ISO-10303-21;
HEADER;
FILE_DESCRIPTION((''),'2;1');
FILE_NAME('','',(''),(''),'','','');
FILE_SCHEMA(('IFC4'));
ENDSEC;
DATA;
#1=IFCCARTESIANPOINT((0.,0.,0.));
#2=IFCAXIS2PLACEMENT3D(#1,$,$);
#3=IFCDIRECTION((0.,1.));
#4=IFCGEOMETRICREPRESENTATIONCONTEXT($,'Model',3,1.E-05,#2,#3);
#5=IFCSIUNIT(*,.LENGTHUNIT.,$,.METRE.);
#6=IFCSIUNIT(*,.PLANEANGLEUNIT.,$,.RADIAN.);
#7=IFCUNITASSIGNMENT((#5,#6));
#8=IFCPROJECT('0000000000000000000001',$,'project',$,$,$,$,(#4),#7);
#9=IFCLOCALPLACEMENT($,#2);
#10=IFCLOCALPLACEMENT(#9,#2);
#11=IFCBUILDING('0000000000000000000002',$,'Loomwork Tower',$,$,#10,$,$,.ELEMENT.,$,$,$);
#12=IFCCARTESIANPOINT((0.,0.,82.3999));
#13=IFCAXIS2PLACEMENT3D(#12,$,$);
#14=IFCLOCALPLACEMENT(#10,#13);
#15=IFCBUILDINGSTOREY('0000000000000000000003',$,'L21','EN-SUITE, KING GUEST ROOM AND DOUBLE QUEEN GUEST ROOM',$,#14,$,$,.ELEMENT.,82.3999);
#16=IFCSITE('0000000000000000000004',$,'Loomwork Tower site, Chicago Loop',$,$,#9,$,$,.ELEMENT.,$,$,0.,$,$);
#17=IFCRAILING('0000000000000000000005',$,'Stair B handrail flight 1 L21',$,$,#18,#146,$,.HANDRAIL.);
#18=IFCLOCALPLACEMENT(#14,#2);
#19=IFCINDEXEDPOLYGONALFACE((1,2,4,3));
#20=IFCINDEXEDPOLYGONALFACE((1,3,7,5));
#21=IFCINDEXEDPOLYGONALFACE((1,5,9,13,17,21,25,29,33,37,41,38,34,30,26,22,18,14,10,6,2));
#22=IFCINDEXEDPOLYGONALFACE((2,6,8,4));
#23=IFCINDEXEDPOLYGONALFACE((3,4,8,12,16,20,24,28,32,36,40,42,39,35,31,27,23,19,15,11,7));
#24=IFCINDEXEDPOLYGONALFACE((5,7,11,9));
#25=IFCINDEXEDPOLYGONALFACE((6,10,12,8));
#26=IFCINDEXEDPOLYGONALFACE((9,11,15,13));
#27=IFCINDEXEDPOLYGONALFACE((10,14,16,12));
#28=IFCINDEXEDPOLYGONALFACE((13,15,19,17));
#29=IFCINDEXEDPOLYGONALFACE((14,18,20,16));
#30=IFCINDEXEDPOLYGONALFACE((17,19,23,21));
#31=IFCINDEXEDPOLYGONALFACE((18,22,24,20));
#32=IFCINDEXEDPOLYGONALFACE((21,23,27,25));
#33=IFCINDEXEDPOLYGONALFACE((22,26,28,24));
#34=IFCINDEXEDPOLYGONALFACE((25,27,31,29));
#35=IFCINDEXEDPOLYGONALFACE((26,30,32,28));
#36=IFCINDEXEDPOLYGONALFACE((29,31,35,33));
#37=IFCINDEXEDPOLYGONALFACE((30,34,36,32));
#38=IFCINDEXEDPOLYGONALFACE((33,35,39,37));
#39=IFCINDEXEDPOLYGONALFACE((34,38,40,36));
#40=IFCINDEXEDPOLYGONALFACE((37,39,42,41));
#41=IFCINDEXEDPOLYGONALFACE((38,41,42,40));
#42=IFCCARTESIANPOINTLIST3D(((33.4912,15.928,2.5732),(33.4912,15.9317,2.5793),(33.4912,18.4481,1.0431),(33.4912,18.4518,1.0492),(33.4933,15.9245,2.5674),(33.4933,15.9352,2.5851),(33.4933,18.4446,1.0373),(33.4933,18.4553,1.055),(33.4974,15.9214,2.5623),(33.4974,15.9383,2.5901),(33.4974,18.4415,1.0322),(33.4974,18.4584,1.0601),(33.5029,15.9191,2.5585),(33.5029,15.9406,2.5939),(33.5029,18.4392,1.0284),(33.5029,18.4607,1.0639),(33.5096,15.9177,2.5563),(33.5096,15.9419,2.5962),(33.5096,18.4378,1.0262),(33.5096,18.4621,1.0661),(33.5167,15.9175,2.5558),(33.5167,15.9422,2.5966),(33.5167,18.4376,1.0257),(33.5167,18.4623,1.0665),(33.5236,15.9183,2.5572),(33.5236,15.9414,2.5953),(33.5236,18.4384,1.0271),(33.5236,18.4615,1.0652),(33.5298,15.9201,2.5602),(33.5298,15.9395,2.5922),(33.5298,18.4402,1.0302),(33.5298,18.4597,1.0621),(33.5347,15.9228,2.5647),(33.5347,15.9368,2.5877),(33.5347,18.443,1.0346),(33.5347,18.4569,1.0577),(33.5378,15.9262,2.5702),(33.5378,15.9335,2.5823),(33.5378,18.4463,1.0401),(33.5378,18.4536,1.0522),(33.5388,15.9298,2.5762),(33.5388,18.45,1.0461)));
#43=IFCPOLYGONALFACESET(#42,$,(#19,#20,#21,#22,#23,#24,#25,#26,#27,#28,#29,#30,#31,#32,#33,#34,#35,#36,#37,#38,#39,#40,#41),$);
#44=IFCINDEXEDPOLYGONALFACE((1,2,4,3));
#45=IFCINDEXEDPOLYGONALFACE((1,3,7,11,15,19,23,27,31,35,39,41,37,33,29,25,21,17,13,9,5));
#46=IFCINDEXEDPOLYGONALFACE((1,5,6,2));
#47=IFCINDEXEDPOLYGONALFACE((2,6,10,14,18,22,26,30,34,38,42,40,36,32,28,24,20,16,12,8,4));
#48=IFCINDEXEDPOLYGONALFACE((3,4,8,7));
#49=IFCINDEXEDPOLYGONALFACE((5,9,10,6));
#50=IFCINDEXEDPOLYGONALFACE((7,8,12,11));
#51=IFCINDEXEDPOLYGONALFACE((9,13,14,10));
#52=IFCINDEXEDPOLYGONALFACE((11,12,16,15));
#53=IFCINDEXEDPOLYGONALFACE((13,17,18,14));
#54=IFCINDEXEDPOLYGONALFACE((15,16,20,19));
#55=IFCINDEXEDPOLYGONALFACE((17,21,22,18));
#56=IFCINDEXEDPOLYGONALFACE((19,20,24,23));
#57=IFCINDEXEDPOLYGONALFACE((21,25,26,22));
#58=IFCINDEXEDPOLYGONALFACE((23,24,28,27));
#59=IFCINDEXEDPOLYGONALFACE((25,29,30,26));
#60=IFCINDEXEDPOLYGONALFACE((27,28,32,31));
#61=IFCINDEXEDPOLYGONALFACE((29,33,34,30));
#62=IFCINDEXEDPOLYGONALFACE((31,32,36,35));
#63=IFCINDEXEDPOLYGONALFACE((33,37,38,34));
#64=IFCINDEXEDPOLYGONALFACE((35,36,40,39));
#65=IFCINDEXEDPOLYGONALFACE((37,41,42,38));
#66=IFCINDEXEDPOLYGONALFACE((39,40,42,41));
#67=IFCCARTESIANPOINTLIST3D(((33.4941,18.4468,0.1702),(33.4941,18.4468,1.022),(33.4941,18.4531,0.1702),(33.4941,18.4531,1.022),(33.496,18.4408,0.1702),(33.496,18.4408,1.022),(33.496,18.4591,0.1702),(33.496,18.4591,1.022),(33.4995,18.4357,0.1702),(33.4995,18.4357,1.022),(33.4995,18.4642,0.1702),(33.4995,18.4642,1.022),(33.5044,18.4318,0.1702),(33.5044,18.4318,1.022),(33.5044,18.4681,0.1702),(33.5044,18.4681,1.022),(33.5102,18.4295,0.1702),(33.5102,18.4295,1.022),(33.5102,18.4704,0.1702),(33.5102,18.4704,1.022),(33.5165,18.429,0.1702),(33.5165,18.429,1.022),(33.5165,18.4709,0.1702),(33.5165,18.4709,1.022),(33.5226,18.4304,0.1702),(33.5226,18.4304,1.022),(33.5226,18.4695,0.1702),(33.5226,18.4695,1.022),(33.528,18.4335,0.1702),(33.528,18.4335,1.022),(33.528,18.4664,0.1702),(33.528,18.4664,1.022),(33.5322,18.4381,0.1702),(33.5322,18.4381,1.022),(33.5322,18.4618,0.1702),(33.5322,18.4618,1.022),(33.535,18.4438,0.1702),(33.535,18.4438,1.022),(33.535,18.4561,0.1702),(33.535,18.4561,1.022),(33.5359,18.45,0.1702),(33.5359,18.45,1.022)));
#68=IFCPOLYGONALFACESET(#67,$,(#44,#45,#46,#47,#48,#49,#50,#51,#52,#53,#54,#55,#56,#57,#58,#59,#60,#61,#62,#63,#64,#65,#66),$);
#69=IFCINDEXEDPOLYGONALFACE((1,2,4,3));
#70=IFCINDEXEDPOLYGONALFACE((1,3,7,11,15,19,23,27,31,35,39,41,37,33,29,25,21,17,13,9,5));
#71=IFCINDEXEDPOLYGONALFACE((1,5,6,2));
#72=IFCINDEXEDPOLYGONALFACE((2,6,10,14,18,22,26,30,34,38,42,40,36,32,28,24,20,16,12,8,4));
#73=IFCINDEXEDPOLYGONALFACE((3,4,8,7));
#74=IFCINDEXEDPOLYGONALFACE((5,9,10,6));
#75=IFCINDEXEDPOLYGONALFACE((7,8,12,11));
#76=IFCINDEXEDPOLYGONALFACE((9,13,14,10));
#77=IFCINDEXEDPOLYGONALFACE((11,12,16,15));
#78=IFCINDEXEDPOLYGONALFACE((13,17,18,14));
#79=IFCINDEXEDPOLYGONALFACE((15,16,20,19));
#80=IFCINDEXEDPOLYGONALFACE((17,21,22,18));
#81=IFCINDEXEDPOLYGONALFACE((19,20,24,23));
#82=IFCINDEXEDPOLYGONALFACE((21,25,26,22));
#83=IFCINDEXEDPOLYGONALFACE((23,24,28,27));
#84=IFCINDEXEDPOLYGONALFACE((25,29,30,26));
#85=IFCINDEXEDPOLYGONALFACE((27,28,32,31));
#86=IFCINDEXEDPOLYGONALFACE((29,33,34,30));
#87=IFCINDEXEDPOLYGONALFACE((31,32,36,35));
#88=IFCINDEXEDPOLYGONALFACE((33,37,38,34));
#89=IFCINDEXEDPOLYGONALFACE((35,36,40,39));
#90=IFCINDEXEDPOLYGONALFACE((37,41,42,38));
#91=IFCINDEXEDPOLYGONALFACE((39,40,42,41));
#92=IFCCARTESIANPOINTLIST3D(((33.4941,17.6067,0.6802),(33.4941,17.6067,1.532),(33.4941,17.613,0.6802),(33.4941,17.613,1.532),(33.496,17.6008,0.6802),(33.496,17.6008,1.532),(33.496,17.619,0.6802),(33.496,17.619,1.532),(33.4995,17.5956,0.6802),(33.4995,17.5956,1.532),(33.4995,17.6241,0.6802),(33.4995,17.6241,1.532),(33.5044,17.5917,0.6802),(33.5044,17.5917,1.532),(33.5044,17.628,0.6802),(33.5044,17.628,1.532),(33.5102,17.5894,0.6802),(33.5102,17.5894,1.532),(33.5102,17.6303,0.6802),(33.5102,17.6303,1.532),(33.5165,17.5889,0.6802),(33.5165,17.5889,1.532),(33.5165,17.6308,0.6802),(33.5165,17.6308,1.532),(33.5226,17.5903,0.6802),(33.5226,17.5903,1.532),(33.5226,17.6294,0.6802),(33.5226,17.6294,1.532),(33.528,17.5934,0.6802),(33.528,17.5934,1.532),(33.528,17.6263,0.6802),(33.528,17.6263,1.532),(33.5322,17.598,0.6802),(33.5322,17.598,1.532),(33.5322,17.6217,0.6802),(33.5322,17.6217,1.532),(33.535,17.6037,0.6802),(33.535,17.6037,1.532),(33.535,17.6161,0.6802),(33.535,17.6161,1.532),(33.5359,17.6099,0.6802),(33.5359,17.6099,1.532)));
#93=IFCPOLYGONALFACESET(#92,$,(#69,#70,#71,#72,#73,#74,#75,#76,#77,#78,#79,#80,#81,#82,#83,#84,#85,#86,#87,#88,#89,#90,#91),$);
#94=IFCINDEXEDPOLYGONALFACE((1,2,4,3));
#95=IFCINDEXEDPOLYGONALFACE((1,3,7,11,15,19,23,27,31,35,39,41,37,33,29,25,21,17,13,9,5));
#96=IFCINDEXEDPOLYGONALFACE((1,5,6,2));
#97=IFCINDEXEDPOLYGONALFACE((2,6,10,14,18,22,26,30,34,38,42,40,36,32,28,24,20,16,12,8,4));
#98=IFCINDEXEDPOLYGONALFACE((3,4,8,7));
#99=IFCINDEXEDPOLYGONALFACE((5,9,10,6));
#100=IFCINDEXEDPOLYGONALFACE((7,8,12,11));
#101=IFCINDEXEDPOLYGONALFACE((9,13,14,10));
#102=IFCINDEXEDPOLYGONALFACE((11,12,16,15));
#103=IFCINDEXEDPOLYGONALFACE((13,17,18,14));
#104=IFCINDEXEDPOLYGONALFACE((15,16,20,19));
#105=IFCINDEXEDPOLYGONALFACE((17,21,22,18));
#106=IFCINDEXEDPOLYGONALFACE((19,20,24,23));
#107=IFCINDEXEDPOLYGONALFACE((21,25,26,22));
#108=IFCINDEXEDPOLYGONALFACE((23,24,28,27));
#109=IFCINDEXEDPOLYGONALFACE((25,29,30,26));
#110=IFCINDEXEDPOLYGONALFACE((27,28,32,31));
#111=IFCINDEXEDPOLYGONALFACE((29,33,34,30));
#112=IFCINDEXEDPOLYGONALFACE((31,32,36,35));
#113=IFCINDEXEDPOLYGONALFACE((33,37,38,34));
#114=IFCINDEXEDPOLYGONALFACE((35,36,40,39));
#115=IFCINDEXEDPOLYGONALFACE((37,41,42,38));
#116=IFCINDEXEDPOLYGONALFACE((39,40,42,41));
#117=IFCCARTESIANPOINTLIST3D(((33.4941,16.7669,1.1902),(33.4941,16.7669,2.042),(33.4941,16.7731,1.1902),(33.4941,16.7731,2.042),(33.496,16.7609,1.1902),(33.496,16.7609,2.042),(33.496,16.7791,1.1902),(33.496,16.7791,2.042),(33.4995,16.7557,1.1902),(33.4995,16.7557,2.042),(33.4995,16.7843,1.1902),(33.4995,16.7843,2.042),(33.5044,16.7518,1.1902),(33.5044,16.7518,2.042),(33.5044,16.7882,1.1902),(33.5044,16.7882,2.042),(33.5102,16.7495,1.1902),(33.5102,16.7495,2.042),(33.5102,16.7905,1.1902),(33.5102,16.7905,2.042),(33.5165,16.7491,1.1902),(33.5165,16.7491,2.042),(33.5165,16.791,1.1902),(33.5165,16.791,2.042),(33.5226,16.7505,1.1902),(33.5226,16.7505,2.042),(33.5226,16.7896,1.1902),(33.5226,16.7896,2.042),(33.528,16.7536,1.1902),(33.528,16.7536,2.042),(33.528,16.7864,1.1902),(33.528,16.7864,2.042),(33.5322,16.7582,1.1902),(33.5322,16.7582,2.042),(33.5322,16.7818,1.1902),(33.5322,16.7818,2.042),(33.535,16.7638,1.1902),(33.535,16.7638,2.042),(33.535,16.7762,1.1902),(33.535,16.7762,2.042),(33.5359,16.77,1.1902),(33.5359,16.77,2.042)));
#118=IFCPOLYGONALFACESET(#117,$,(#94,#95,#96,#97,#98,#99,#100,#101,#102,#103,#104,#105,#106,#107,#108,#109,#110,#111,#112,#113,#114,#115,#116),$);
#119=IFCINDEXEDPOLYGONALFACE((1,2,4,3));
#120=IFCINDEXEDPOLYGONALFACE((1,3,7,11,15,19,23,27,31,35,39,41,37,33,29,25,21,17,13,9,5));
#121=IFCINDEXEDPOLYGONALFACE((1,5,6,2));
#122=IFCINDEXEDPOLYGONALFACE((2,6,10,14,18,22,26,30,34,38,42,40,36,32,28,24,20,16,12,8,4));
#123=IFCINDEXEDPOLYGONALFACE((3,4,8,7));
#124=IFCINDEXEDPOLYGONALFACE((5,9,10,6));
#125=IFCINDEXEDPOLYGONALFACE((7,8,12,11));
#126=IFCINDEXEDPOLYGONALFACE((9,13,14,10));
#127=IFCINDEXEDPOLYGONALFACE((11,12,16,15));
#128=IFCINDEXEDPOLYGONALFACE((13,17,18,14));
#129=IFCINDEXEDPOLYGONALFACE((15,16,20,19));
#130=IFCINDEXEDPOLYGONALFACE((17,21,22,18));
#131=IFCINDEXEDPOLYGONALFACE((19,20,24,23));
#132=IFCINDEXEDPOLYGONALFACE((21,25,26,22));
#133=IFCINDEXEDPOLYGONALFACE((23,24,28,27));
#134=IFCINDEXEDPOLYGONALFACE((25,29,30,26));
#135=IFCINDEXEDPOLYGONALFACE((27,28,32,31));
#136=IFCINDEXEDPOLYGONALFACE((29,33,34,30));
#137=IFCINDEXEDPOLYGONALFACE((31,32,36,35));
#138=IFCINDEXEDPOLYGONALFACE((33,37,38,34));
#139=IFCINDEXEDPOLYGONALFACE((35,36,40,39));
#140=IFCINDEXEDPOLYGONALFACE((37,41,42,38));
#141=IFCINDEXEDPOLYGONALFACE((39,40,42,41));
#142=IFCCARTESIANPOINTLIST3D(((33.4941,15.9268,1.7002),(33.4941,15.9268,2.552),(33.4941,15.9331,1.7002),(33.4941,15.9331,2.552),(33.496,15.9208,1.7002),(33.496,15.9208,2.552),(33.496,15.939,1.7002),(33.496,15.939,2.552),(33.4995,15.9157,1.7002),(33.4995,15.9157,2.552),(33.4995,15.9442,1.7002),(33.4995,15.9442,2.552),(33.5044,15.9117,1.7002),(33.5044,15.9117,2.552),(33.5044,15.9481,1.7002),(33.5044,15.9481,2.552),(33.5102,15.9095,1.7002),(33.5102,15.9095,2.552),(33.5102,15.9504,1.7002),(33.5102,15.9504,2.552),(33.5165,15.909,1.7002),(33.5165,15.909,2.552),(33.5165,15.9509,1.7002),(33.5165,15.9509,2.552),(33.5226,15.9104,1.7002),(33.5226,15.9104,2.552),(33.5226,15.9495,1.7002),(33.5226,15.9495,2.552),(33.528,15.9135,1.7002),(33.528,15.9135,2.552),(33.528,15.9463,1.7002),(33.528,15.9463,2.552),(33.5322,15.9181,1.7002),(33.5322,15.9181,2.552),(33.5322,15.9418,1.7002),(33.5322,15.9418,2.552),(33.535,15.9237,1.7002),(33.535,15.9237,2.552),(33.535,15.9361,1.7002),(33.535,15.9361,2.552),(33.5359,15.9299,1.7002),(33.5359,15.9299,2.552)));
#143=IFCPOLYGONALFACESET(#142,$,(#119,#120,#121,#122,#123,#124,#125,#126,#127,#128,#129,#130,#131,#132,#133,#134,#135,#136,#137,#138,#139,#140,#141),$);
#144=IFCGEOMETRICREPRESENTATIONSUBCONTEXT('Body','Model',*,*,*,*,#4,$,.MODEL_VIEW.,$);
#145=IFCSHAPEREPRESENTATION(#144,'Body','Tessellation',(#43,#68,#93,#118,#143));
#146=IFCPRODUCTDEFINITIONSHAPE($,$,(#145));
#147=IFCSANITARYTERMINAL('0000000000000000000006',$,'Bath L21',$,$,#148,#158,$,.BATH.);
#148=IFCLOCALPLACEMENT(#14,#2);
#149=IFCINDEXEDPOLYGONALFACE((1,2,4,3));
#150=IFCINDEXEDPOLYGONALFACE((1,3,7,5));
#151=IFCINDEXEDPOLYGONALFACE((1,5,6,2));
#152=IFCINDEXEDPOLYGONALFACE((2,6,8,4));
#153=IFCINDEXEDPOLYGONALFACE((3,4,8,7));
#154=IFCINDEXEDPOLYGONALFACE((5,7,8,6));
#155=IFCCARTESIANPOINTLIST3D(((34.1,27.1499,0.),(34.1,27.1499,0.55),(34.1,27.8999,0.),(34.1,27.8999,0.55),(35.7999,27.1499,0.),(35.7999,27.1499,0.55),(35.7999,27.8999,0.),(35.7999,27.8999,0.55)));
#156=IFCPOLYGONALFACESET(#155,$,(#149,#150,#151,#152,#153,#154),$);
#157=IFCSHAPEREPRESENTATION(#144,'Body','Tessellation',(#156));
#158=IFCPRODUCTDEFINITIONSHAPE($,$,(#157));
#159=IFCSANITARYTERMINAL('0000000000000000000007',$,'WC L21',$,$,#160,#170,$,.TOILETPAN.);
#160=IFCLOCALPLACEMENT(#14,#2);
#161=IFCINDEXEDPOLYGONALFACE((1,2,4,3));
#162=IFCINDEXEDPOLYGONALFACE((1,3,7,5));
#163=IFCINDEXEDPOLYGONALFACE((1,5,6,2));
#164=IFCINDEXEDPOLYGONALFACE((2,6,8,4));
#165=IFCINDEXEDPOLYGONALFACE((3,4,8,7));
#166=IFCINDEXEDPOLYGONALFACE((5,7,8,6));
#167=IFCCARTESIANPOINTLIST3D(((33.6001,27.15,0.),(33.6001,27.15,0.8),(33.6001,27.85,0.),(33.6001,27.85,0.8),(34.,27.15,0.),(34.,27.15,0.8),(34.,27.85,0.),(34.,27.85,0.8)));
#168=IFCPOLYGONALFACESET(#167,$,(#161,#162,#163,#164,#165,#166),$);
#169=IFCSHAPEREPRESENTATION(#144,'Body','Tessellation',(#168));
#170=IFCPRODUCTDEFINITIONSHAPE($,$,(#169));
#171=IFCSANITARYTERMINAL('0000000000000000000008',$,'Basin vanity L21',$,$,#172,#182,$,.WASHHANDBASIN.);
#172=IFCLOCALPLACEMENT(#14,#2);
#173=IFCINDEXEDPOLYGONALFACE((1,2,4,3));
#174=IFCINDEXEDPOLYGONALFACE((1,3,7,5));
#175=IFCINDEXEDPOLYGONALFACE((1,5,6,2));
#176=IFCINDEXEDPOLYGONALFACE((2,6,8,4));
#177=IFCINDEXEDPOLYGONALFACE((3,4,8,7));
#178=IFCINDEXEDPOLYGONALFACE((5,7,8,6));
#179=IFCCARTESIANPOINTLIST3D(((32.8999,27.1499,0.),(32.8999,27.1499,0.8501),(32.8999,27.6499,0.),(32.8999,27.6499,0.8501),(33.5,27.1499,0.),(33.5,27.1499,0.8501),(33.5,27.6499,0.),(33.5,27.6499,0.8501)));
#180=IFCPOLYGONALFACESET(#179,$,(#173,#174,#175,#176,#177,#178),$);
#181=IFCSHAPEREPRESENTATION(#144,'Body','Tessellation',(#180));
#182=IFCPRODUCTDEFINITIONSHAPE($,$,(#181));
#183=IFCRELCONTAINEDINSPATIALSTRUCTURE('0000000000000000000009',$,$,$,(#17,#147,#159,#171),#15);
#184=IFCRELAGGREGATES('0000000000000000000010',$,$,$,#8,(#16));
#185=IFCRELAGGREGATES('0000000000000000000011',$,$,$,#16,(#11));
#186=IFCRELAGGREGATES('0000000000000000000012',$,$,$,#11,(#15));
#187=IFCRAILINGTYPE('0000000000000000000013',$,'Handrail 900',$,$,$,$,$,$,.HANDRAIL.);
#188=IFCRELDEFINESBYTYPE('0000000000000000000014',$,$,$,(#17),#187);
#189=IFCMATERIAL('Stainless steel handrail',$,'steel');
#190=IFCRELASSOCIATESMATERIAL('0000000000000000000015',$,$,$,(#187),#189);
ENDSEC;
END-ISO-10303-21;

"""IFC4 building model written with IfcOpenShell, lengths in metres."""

from ifc_helpers import new_model, si_unit, direction, frame, origin, origin_2d, place, context, subcontext, project, spatial, rectangle, circle, extrude, material, type_object, element, save


model = new_model("IFC4")

# Units and contexts
model_context = context("Model", 3, precision=1e-05, world=origin(), true_north=direction((0.0, 1.0)))
body_context = subcontext(model_context, "Body", "Model", "MODEL_VIEW")
ifc_project = project(units=[si_unit("LENGTHUNIT", "METRE"), si_unit("PLANEANGLEUNIT", "RADIAN")], contexts=[model_context])

# Site, building, storey
site_placement = place(None, origin())
site = spatial("IfcSite", under=ifc_project, at=site_placement, Name="Loomwork Tower site, Chicago Loop", CompositionType="ELEMENT", RefElevation=0.0)
building_placement = place(site_placement, origin())
building = spatial("IfcBuilding", under=site, at=building_placement, Name="Loomwork Tower", CompositionType="ELEMENT")
storey_placement = place(building_placement, frame((0.0, 0.0, 82.3999)))
storey = spatial("IfcBuildingStorey", under=building, at=storey_placement, Name="L21", Description="EN-SUITE, KING GUEST ROOM AND DOUBLE QUEEN GUEST ROOM", CompositionType="ELEMENT", Elevation=82.3999)

# Railing
ifc_material_1 = material(Name="Stainless steel handrail", Category="steel")
railing_type = type_object("IfcRailingType", Name="Handrail 900", PredefinedType="HANDRAIL", material=ifc_material_1)
railing_placement = place(storey_placement, frame((33.5149, 18.45, 0.1702)))
element("IfcRailing", 1, at=railing_placement, inside=storey, type_object=railing_type, Name="Stair B handrail flight 1 L21", PredefinedType="HANDRAIL", context=body_context, shape_type="SweptSolid", body=[
    extrude(circle(Radius=0.0239, at=origin_2d()), frame((0.0, 0.0, 0.876), z_axis=(0.0, -0.854785, 0.518982), x_axis=(1.0, 0.0, 0.0)), (0.0, 0.0, 1.0), 2.9482),
    extrude(circle(Radius=0.021, at=origin_2d()), origin(), (0.0, 0.0, 1.0), 0.8518),
    extrude(circle(Radius=0.021, at=origin_2d()), frame((0.0, -0.8401, 0.51)), (0.0, 0.0, 1.0), 0.8518),
    extrude(circle(Radius=0.021, at=origin_2d()), frame((0.0, -1.6799, 1.02)), (0.0, 0.0, 1.0), 0.8518),
    extrude(circle(Radius=0.021, at=origin_2d()), frame((0.0, -2.52, 1.53)), (0.0, 0.0, 1.0), 0.8518),
])

# Sanitary terminals
sanitary_terminal_1_placement = place(storey_placement, frame((34.95, 27.5249, 0.0), z_axis=(0.0, 0.0, 1.0), x_axis=(1.0, 0.0, 0.0)))
element("IfcSanitaryTerminal", 2, at=sanitary_terminal_1_placement, inside=storey, Name="Bath L21", PredefinedType="BATH", context=body_context, shape_type="SweptSolid", body=[
    extrude(rectangle(XDim=1.7, YDim=0.75, at=origin_2d()), origin(), (0.0, 0.0, 1.0), 0.55),
])
sanitary_terminal_2_placement = place(storey_placement, frame((33.8, 27.5, 0.0), z_axis=(0.0, 0.0, 1.0), x_axis=(1.0, 0.0, 0.0)))
element("IfcSanitaryTerminal", 3, at=sanitary_terminal_2_placement, inside=storey, Name="WC L21", PredefinedType="TOILETPAN", context=body_context, shape_type="SweptSolid", body=[
    extrude(rectangle(XDim=0.3999, YDim=0.7, at=origin_2d()), origin(), (0.0, 0.0, 1.0), 0.8),
])
sanitary_terminal_3_placement = place(storey_placement, frame((33.2, 27.3999, 0.0), z_axis=(0.0, 0.0, 1.0), x_axis=(1.0, 0.0, 0.0)))
element("IfcSanitaryTerminal", 4, at=sanitary_terminal_3_placement, inside=storey, Name="Basin vanity L21", PredefinedType="WASHHANDBASIN", context=body_context, shape_type="SweptSolid", body=[
    extrude(rectangle(XDim=0.6001, YDim=0.5, at=origin_2d()), origin(), (0.0, 0.0, 1.0), 0.8501),
])

save(model, "model.ifc")
